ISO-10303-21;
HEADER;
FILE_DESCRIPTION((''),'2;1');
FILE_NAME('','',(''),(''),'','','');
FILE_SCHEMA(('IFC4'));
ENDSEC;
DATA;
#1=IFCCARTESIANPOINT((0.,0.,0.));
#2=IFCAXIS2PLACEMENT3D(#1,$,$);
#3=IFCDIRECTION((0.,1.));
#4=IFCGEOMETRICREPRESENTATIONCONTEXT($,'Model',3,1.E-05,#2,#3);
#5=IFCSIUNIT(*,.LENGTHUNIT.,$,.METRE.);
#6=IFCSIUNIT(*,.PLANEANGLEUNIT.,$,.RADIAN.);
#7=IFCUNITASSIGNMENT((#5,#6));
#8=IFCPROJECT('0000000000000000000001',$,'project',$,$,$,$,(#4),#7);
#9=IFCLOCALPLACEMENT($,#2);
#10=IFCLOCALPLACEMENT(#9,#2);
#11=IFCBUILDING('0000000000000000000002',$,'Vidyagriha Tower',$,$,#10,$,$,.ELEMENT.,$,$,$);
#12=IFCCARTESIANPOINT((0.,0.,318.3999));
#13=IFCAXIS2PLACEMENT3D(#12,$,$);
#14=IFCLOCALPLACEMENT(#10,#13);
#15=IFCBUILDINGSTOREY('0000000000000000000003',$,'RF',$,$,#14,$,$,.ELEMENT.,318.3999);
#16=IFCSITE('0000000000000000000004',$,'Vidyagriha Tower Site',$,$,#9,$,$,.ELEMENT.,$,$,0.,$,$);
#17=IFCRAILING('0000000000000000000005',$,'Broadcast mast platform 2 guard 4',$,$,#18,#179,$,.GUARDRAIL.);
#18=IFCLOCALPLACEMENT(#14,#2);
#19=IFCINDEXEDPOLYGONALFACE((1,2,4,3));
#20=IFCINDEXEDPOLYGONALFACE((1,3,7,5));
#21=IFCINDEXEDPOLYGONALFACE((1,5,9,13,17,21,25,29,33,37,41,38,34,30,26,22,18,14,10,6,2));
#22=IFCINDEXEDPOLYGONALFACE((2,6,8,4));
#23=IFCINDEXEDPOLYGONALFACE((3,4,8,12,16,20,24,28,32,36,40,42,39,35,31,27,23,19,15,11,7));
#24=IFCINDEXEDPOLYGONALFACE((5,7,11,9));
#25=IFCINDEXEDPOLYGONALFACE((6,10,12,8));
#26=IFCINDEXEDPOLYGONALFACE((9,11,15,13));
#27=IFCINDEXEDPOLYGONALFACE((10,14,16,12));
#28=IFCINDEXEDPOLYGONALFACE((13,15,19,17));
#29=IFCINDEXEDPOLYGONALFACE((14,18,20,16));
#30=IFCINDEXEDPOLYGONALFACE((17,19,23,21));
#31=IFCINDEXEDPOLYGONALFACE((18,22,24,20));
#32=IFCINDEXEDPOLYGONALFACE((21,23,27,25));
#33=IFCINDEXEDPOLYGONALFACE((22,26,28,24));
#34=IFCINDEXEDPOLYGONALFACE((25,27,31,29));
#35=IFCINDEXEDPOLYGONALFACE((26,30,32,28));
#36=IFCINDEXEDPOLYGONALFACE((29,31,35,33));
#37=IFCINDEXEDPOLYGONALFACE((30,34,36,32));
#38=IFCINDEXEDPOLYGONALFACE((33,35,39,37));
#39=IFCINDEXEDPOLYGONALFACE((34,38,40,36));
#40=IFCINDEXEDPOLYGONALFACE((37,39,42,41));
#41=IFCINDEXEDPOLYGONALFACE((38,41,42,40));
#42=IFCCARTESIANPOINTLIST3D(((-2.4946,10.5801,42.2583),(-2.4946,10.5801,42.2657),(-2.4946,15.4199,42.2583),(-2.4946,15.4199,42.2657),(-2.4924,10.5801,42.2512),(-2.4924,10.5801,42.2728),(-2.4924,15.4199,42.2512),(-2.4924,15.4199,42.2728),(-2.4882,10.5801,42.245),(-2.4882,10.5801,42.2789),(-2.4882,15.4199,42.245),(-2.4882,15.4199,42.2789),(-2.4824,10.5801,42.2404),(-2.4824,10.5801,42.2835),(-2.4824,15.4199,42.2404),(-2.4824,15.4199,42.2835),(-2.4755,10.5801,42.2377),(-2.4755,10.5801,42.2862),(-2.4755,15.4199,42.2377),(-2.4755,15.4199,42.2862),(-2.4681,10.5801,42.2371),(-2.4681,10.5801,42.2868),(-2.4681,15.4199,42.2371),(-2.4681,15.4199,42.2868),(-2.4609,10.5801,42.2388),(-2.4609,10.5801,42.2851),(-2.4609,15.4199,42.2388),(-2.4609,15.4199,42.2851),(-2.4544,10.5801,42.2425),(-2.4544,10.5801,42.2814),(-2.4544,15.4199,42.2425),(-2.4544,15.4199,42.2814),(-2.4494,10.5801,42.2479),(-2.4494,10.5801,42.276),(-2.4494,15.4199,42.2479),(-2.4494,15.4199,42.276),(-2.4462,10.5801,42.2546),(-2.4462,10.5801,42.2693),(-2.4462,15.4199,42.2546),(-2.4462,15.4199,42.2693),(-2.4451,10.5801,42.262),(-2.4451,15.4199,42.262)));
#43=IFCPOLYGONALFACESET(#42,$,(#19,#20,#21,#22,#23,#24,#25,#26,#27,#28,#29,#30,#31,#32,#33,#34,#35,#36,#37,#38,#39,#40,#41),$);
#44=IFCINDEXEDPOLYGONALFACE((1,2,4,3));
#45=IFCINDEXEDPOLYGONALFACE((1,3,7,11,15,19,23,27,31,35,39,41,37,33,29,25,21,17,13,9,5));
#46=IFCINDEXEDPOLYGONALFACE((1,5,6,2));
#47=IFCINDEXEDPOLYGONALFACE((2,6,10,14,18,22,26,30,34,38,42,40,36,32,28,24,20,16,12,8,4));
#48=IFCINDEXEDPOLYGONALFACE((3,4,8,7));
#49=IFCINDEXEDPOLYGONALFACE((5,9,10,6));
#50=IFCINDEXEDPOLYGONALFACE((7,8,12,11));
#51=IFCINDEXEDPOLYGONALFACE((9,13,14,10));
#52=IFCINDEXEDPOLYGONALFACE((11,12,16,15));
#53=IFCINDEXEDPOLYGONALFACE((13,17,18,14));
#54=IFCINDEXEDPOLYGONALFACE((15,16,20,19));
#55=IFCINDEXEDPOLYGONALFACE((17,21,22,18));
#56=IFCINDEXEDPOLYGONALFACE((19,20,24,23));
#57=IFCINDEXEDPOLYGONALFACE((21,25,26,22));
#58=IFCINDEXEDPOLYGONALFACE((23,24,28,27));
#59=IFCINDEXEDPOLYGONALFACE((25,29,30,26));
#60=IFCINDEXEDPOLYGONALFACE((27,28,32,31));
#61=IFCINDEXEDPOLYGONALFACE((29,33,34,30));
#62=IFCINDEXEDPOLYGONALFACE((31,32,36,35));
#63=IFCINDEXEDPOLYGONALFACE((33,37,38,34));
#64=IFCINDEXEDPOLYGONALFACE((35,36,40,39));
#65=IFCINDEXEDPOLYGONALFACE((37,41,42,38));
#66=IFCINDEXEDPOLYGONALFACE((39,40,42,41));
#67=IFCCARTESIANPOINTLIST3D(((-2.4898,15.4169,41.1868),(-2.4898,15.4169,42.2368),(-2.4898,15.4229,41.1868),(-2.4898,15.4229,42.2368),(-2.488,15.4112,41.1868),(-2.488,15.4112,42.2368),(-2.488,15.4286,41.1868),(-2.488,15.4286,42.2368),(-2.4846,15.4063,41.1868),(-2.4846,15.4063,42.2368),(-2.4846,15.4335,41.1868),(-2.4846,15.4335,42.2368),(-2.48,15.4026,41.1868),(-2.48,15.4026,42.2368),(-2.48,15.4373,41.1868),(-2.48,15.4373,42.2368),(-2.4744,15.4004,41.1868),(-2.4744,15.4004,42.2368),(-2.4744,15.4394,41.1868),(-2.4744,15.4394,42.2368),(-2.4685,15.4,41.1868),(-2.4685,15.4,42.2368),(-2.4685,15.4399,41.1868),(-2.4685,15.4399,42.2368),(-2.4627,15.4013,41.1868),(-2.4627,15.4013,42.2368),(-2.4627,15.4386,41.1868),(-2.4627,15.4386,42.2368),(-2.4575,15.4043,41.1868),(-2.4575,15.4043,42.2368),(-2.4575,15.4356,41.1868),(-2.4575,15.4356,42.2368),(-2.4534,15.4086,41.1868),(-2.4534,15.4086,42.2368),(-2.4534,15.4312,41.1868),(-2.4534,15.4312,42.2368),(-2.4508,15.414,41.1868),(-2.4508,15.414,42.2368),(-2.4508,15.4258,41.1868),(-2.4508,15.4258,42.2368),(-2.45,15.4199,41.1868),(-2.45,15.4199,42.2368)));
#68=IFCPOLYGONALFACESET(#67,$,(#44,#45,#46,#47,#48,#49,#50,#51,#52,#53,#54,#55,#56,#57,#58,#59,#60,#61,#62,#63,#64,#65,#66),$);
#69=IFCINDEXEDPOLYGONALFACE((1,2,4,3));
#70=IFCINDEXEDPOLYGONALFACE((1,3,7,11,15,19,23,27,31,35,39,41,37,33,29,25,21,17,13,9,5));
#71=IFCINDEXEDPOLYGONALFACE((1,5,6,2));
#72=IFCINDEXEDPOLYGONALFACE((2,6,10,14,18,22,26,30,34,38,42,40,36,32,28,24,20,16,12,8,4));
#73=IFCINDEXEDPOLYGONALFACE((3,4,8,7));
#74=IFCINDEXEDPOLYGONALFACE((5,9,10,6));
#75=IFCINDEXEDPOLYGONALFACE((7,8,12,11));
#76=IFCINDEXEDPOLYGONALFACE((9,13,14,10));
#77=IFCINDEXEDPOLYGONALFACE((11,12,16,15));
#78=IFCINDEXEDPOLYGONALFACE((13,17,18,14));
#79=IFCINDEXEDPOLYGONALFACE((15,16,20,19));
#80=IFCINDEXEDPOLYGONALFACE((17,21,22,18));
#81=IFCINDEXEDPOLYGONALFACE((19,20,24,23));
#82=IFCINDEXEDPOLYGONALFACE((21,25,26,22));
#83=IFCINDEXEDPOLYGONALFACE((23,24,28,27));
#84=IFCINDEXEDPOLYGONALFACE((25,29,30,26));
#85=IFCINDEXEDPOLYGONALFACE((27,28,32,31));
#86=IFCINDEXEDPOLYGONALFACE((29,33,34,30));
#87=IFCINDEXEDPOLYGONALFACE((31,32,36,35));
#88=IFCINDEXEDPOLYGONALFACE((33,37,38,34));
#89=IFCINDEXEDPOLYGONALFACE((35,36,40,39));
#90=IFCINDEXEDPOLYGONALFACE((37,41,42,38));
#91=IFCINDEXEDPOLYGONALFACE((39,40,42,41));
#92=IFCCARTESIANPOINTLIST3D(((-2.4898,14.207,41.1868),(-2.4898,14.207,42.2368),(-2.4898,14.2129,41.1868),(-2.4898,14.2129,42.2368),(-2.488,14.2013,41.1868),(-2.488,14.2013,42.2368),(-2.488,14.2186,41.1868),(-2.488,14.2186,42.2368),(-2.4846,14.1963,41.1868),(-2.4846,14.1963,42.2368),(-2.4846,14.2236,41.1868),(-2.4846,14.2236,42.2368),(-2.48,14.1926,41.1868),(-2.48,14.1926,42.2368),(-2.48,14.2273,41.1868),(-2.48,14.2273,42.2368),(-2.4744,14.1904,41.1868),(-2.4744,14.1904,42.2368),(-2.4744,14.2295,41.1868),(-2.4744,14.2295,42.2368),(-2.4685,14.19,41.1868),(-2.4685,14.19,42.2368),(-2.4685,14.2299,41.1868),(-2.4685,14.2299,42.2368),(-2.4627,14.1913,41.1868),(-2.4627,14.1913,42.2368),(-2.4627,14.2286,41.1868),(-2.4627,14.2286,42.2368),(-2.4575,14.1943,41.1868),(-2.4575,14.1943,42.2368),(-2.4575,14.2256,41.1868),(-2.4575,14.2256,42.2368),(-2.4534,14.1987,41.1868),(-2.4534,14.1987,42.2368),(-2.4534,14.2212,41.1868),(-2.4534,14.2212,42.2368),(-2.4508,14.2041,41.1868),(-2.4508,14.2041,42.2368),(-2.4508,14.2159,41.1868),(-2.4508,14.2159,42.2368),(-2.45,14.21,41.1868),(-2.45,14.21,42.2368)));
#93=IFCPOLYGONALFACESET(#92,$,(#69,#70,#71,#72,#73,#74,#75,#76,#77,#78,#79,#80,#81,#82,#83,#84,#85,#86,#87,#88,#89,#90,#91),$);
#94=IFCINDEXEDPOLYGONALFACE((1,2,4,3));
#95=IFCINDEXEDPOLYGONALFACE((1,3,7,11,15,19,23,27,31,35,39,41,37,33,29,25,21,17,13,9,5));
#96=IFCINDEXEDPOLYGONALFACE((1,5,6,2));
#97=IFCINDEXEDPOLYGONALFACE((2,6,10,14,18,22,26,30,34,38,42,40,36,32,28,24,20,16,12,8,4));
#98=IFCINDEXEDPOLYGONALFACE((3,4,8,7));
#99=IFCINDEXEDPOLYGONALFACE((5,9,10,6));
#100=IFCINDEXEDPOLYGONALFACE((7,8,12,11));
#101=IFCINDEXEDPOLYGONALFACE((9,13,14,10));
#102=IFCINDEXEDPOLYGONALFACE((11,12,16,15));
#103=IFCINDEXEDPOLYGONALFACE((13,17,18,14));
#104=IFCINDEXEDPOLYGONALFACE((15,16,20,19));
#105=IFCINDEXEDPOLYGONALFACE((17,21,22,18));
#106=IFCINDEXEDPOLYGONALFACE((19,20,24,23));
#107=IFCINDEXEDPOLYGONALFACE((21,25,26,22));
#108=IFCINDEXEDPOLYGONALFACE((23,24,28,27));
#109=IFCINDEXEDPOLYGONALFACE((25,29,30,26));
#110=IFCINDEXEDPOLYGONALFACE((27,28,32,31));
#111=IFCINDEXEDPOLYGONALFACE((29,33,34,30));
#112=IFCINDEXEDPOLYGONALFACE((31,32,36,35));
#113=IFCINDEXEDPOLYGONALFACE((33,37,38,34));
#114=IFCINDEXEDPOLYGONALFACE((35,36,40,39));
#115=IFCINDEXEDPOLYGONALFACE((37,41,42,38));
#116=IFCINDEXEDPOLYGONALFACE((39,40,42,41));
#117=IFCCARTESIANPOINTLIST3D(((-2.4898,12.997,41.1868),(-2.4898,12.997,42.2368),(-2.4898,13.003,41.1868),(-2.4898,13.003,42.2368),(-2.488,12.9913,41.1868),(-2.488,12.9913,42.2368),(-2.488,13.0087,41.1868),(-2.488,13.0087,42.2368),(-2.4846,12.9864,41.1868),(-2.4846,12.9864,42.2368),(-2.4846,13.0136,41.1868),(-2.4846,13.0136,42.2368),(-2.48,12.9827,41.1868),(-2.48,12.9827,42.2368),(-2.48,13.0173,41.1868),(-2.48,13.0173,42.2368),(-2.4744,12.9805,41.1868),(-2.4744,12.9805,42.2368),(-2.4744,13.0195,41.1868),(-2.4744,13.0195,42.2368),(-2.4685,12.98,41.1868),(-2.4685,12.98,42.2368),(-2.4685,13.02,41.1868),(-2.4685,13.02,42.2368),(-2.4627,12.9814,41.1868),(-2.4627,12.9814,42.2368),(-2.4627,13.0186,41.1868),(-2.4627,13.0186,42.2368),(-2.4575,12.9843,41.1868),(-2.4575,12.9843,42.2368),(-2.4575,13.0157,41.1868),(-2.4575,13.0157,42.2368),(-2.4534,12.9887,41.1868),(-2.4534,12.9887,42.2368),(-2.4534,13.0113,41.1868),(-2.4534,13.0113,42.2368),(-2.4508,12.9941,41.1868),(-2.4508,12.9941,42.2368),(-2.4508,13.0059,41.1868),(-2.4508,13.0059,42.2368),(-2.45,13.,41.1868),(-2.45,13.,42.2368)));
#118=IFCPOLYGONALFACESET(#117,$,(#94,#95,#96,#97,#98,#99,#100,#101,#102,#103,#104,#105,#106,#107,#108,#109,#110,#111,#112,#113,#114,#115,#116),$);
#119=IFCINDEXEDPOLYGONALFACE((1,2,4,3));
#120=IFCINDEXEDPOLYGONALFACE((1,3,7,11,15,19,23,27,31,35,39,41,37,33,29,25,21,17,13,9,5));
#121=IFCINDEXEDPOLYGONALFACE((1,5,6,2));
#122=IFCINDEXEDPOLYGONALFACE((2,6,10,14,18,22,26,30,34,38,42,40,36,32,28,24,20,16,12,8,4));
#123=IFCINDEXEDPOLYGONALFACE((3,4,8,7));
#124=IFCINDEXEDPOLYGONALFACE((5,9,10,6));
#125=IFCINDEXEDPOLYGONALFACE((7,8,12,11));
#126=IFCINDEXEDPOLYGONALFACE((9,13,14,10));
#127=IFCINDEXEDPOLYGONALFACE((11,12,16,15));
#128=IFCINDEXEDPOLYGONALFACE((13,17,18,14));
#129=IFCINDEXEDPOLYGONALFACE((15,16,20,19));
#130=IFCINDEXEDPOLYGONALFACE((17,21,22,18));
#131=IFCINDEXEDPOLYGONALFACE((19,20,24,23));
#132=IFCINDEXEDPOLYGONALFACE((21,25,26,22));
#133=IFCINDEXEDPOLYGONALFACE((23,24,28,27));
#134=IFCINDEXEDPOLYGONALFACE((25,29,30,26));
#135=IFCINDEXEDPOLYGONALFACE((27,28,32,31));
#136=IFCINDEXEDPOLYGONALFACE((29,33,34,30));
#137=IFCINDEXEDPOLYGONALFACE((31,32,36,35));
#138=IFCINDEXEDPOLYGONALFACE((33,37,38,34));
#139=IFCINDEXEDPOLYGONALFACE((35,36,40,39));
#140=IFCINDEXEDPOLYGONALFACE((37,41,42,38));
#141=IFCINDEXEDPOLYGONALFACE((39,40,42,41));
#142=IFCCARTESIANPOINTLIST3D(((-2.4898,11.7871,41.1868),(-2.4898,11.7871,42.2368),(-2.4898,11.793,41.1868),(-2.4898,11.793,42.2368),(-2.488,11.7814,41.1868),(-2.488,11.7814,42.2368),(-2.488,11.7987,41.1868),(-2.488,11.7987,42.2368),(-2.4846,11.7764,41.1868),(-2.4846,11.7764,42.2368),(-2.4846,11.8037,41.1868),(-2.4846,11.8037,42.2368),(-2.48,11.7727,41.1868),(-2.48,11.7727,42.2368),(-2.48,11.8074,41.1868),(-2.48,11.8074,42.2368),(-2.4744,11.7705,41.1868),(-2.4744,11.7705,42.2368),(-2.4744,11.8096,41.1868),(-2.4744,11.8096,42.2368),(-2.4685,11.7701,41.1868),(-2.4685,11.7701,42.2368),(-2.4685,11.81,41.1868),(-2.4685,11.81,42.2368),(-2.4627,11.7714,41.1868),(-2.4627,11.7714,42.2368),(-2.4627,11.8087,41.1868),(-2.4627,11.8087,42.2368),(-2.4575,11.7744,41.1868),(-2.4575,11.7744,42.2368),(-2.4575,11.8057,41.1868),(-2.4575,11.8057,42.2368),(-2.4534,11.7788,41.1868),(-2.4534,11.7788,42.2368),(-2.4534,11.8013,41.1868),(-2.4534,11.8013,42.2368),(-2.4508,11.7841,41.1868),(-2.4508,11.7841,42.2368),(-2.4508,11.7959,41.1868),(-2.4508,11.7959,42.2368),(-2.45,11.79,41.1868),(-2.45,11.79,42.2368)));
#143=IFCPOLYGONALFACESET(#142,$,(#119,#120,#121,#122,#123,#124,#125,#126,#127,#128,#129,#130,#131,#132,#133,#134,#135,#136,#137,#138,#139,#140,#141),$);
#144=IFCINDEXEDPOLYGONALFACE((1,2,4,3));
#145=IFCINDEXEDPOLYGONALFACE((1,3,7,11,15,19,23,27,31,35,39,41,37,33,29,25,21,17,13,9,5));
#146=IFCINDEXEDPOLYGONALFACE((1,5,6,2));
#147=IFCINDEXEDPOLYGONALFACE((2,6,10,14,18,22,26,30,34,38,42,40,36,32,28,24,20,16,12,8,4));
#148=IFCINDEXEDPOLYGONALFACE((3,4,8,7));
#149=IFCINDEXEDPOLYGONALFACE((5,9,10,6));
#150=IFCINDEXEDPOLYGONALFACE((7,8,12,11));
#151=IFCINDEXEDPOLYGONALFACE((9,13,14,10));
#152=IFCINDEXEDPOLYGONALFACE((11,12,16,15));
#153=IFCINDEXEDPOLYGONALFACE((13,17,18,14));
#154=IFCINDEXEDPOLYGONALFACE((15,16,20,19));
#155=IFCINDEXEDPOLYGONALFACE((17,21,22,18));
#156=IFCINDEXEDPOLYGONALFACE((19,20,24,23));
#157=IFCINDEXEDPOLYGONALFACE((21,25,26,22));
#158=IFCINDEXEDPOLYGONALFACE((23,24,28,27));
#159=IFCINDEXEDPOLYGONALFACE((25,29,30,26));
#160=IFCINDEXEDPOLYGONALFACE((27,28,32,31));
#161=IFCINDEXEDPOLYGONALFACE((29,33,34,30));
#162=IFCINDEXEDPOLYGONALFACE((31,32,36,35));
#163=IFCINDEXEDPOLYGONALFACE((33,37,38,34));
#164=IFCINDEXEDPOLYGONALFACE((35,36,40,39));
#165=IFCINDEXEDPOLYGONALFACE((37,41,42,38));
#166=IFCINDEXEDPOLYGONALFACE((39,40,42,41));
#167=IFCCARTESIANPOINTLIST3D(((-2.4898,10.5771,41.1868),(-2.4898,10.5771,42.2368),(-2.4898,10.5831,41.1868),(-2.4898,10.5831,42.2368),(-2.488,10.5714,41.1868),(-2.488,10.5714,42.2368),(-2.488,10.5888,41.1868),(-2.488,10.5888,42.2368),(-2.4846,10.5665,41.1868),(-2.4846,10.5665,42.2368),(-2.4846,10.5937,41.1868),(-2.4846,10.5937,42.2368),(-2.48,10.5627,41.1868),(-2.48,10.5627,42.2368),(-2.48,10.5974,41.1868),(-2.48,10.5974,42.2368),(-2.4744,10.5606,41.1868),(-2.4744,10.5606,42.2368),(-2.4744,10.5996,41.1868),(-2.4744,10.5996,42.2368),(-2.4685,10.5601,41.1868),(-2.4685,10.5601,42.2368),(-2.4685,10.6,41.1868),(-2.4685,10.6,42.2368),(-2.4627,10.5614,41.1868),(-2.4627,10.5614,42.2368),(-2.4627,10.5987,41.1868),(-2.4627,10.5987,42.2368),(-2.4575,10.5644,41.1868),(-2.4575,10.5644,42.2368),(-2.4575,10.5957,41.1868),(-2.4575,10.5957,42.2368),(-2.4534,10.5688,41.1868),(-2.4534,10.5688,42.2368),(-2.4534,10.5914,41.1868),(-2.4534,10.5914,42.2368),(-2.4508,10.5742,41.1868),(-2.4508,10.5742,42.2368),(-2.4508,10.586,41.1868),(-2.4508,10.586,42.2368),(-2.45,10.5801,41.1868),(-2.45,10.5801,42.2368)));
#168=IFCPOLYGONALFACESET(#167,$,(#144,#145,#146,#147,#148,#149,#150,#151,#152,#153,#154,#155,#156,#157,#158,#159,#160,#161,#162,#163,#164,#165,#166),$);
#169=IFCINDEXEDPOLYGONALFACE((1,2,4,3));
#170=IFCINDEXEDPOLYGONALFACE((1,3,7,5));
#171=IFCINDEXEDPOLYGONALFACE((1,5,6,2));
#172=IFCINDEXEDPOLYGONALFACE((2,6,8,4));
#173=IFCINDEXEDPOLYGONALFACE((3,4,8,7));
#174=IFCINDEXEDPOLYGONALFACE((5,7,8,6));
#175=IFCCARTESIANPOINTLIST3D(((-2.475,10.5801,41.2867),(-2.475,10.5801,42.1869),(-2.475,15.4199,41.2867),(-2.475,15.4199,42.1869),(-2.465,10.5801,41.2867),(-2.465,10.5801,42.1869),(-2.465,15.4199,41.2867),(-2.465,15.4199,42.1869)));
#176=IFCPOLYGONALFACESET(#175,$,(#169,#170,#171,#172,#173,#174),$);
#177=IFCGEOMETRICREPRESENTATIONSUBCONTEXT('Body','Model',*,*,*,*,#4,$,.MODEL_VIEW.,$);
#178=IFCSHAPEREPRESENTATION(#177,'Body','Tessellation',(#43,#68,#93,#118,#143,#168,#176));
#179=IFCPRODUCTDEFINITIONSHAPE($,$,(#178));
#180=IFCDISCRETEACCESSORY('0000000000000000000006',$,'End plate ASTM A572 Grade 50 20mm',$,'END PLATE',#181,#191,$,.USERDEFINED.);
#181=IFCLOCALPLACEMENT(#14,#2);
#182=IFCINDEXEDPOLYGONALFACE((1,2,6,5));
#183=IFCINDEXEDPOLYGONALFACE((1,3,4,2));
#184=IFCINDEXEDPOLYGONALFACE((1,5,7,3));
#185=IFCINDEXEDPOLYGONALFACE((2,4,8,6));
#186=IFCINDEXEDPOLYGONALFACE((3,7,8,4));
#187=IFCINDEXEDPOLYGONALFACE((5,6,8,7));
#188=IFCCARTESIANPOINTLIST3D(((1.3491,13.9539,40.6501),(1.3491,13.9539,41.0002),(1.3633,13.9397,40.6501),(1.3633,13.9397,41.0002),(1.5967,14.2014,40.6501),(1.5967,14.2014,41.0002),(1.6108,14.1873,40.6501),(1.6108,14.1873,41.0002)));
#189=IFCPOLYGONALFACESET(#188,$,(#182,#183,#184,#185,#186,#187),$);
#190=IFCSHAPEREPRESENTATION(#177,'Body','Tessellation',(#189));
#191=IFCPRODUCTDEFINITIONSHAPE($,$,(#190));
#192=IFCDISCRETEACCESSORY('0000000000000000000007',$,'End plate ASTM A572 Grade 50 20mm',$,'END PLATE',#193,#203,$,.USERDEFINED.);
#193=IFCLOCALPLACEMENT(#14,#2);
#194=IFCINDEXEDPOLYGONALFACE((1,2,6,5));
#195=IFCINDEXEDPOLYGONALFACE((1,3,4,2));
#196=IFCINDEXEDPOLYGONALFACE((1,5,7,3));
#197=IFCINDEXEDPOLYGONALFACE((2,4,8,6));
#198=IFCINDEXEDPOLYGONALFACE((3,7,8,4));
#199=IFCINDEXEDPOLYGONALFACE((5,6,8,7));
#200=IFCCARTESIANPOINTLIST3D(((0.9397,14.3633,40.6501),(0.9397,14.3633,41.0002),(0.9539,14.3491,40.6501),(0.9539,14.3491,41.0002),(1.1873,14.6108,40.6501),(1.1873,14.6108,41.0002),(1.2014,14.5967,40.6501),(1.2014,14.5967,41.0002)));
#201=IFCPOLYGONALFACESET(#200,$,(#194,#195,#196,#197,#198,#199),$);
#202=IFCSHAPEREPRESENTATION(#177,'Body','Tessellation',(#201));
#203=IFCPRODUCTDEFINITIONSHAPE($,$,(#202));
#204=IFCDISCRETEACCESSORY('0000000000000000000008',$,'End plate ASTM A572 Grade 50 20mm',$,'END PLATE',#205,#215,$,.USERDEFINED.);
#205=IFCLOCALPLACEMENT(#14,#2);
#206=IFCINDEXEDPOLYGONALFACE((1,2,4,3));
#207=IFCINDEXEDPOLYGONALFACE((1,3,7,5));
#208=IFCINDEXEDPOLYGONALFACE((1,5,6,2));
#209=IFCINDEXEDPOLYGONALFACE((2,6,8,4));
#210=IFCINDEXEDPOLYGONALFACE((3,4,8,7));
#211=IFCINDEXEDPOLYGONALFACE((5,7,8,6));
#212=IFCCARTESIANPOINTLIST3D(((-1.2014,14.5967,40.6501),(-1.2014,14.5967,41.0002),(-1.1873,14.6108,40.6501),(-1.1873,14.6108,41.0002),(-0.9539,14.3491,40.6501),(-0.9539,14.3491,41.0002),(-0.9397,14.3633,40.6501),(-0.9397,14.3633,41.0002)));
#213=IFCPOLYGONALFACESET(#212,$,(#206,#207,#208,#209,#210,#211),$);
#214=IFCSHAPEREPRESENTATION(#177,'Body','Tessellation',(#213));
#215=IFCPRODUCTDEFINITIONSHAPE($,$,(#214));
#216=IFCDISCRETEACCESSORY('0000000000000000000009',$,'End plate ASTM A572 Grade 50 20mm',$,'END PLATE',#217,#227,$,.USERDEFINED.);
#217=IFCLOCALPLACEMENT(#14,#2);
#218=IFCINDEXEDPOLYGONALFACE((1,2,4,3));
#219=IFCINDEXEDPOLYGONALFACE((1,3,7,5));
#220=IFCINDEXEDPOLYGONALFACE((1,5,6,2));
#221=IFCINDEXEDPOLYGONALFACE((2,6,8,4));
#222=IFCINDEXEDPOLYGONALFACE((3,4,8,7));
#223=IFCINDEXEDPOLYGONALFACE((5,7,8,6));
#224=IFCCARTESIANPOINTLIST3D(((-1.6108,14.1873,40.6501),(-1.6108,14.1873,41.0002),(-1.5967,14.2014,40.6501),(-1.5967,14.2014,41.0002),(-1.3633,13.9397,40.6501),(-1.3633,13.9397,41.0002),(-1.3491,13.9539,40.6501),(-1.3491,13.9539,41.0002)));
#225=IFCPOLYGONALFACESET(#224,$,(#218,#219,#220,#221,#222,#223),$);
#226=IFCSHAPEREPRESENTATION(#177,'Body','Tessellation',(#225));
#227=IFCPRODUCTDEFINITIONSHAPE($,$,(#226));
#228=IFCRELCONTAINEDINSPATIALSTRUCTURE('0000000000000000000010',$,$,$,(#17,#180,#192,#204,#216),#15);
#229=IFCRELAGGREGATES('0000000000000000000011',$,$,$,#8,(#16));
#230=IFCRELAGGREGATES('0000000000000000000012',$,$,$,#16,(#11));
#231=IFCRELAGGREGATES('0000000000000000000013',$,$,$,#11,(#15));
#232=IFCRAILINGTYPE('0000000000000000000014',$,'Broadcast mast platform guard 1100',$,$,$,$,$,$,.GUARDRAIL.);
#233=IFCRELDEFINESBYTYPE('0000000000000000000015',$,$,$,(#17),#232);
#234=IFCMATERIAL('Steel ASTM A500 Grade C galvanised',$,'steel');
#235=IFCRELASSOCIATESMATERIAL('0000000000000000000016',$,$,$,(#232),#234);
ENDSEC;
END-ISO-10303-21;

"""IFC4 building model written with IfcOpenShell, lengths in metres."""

from ifc_helpers import new_model, si_unit, direction, frame, origin, origin_2d, place, context, subcontext, project, spatial, rectangle, circle, extrude, material, type_object, element, save


model = new_model("IFC4")

# Units and contexts
model_context = context("Model", 3, precision=1e-05, world=origin(), true_north=direction((0.0, 1.0)))
body_context = subcontext(model_context, "Body", "Model", "MODEL_VIEW")
ifc_project = project(units=[si_unit("LENGTHUNIT", "METRE"), si_unit("PLANEANGLEUNIT", "RADIAN")], contexts=[model_context])

# Site, building, storey
site_placement = place(None, origin())
site = spatial("IfcSite", under=ifc_project, at=site_placement, Name="Vidyagriha Tower Site", CompositionType="ELEMENT", RefElevation=0.0)
building_placement = place(site_placement, origin())
building = spatial("IfcBuilding", under=site, at=building_placement, Name="Vidyagriha Tower", CompositionType="ELEMENT")
storey_placement = place(building_placement, frame((0.0, 0.0, 318.3999)))
storey = spatial("IfcBuildingStorey", under=building, at=storey_placement, Name="RF", CompositionType="ELEMENT", Elevation=318.3999)

# Railing
ifc_material_1 = material(Name="Steel ASTM A500 Grade C galvanised", Category="steel")
railing_type = type_object("IfcRailingType", Name="Broadcast mast platform guard 1100", PredefinedType="GUARDRAIL", material=ifc_material_1)
railing_1_placement = place(storey_placement, frame((-2.47, 15.4199, 41.1868)))
element("IfcRailing", 1, at=railing_1_placement, inside=storey, type_object=railing_type, Name="Broadcast mast platform 2 guard 4", PredefinedType="GUARDRAIL", context=body_context, shape_type="SweptSolid", body=[
    extrude(circle(Radius=0.0249, at=origin_2d()), frame((0.0, 0.0, 1.0752), z_axis=(0.0, -1.0, 0.0), x_axis=(1.0, 0.0, 0.0)), (0.0, 0.0, 1.0), 4.8398),
    extrude(circle(Radius=0.02, at=origin_2d()), origin(), (0.0, 0.0, 1.0), 1.05),
    extrude(circle(Radius=0.02, at=origin_2d()), frame((0.0, -1.21, 0.0)), (0.0, 0.0, 1.0), 1.05),
    extrude(circle(Radius=0.02, at=origin_2d()), frame((0.0, -2.4199, 0.0)), (0.0, 0.0, 1.0), 1.05),
    extrude(circle(Radius=0.02, at=origin_2d()), frame((0.0, -3.6299, 0.0)), (0.0, 0.0, 1.0), 1.05),
    extrude(circle(Radius=0.02, at=origin_2d()), frame((0.0, -4.8398, 0.0)), (0.0, 0.0, 1.0), 1.05),
    extrude(rectangle(XDim=0.01, YDim=0.9001, at=origin_2d()), frame((0.0, 0.0, 0.55), z_axis=(0.0, -1.0, 0.0), x_axis=(1.0, 0.0, 0.0)), (0.0, 0.0, 1.0), 4.8398),
])

# Discrete accessories
for number, where, z_axis, x_axis, name in (
    (2, (1.48, 14.0706, 40.6501), (0.0, 0.0, 1.0), (-0.707107, -0.707107, 0.0), "End plate ASTM A572 Grade 50 20mm"),
    (3, (1.0706, 14.48, 40.6501), (0.0, 0.0, 1.0), (-0.707107, -0.707107, 0.0), "End plate ASTM A572 Grade 50 20mm"),
    (4, (-1.0706, 14.48, 40.6501), (0.0, 0.0, 1.0), (0.707107, -0.707107, 0.0), "End plate ASTM A572 Grade 50 20mm"),
    (5, (-1.48, 14.0706, 40.6501), (0.0, 0.0, 1.0), (0.707107, -0.707107, 0.0), "End plate ASTM A572 Grade 50 20mm"),
):
    element("IfcDiscreteAccessory", number, at=place(storey_placement, frame(where, z_axis=z_axis, x_axis=x_axis)), inside=storey, Name=name, ObjectType="END PLATE", PredefinedType="USERDEFINED", context=body_context, shape_type="SweptSolid", body=[
        extrude(rectangle(XDim=0.3501, YDim=0.02, at=origin_2d()), origin(), (0.0, 0.0, 1.0), 0.3501),
    ])

save(model, "model.ifc")
